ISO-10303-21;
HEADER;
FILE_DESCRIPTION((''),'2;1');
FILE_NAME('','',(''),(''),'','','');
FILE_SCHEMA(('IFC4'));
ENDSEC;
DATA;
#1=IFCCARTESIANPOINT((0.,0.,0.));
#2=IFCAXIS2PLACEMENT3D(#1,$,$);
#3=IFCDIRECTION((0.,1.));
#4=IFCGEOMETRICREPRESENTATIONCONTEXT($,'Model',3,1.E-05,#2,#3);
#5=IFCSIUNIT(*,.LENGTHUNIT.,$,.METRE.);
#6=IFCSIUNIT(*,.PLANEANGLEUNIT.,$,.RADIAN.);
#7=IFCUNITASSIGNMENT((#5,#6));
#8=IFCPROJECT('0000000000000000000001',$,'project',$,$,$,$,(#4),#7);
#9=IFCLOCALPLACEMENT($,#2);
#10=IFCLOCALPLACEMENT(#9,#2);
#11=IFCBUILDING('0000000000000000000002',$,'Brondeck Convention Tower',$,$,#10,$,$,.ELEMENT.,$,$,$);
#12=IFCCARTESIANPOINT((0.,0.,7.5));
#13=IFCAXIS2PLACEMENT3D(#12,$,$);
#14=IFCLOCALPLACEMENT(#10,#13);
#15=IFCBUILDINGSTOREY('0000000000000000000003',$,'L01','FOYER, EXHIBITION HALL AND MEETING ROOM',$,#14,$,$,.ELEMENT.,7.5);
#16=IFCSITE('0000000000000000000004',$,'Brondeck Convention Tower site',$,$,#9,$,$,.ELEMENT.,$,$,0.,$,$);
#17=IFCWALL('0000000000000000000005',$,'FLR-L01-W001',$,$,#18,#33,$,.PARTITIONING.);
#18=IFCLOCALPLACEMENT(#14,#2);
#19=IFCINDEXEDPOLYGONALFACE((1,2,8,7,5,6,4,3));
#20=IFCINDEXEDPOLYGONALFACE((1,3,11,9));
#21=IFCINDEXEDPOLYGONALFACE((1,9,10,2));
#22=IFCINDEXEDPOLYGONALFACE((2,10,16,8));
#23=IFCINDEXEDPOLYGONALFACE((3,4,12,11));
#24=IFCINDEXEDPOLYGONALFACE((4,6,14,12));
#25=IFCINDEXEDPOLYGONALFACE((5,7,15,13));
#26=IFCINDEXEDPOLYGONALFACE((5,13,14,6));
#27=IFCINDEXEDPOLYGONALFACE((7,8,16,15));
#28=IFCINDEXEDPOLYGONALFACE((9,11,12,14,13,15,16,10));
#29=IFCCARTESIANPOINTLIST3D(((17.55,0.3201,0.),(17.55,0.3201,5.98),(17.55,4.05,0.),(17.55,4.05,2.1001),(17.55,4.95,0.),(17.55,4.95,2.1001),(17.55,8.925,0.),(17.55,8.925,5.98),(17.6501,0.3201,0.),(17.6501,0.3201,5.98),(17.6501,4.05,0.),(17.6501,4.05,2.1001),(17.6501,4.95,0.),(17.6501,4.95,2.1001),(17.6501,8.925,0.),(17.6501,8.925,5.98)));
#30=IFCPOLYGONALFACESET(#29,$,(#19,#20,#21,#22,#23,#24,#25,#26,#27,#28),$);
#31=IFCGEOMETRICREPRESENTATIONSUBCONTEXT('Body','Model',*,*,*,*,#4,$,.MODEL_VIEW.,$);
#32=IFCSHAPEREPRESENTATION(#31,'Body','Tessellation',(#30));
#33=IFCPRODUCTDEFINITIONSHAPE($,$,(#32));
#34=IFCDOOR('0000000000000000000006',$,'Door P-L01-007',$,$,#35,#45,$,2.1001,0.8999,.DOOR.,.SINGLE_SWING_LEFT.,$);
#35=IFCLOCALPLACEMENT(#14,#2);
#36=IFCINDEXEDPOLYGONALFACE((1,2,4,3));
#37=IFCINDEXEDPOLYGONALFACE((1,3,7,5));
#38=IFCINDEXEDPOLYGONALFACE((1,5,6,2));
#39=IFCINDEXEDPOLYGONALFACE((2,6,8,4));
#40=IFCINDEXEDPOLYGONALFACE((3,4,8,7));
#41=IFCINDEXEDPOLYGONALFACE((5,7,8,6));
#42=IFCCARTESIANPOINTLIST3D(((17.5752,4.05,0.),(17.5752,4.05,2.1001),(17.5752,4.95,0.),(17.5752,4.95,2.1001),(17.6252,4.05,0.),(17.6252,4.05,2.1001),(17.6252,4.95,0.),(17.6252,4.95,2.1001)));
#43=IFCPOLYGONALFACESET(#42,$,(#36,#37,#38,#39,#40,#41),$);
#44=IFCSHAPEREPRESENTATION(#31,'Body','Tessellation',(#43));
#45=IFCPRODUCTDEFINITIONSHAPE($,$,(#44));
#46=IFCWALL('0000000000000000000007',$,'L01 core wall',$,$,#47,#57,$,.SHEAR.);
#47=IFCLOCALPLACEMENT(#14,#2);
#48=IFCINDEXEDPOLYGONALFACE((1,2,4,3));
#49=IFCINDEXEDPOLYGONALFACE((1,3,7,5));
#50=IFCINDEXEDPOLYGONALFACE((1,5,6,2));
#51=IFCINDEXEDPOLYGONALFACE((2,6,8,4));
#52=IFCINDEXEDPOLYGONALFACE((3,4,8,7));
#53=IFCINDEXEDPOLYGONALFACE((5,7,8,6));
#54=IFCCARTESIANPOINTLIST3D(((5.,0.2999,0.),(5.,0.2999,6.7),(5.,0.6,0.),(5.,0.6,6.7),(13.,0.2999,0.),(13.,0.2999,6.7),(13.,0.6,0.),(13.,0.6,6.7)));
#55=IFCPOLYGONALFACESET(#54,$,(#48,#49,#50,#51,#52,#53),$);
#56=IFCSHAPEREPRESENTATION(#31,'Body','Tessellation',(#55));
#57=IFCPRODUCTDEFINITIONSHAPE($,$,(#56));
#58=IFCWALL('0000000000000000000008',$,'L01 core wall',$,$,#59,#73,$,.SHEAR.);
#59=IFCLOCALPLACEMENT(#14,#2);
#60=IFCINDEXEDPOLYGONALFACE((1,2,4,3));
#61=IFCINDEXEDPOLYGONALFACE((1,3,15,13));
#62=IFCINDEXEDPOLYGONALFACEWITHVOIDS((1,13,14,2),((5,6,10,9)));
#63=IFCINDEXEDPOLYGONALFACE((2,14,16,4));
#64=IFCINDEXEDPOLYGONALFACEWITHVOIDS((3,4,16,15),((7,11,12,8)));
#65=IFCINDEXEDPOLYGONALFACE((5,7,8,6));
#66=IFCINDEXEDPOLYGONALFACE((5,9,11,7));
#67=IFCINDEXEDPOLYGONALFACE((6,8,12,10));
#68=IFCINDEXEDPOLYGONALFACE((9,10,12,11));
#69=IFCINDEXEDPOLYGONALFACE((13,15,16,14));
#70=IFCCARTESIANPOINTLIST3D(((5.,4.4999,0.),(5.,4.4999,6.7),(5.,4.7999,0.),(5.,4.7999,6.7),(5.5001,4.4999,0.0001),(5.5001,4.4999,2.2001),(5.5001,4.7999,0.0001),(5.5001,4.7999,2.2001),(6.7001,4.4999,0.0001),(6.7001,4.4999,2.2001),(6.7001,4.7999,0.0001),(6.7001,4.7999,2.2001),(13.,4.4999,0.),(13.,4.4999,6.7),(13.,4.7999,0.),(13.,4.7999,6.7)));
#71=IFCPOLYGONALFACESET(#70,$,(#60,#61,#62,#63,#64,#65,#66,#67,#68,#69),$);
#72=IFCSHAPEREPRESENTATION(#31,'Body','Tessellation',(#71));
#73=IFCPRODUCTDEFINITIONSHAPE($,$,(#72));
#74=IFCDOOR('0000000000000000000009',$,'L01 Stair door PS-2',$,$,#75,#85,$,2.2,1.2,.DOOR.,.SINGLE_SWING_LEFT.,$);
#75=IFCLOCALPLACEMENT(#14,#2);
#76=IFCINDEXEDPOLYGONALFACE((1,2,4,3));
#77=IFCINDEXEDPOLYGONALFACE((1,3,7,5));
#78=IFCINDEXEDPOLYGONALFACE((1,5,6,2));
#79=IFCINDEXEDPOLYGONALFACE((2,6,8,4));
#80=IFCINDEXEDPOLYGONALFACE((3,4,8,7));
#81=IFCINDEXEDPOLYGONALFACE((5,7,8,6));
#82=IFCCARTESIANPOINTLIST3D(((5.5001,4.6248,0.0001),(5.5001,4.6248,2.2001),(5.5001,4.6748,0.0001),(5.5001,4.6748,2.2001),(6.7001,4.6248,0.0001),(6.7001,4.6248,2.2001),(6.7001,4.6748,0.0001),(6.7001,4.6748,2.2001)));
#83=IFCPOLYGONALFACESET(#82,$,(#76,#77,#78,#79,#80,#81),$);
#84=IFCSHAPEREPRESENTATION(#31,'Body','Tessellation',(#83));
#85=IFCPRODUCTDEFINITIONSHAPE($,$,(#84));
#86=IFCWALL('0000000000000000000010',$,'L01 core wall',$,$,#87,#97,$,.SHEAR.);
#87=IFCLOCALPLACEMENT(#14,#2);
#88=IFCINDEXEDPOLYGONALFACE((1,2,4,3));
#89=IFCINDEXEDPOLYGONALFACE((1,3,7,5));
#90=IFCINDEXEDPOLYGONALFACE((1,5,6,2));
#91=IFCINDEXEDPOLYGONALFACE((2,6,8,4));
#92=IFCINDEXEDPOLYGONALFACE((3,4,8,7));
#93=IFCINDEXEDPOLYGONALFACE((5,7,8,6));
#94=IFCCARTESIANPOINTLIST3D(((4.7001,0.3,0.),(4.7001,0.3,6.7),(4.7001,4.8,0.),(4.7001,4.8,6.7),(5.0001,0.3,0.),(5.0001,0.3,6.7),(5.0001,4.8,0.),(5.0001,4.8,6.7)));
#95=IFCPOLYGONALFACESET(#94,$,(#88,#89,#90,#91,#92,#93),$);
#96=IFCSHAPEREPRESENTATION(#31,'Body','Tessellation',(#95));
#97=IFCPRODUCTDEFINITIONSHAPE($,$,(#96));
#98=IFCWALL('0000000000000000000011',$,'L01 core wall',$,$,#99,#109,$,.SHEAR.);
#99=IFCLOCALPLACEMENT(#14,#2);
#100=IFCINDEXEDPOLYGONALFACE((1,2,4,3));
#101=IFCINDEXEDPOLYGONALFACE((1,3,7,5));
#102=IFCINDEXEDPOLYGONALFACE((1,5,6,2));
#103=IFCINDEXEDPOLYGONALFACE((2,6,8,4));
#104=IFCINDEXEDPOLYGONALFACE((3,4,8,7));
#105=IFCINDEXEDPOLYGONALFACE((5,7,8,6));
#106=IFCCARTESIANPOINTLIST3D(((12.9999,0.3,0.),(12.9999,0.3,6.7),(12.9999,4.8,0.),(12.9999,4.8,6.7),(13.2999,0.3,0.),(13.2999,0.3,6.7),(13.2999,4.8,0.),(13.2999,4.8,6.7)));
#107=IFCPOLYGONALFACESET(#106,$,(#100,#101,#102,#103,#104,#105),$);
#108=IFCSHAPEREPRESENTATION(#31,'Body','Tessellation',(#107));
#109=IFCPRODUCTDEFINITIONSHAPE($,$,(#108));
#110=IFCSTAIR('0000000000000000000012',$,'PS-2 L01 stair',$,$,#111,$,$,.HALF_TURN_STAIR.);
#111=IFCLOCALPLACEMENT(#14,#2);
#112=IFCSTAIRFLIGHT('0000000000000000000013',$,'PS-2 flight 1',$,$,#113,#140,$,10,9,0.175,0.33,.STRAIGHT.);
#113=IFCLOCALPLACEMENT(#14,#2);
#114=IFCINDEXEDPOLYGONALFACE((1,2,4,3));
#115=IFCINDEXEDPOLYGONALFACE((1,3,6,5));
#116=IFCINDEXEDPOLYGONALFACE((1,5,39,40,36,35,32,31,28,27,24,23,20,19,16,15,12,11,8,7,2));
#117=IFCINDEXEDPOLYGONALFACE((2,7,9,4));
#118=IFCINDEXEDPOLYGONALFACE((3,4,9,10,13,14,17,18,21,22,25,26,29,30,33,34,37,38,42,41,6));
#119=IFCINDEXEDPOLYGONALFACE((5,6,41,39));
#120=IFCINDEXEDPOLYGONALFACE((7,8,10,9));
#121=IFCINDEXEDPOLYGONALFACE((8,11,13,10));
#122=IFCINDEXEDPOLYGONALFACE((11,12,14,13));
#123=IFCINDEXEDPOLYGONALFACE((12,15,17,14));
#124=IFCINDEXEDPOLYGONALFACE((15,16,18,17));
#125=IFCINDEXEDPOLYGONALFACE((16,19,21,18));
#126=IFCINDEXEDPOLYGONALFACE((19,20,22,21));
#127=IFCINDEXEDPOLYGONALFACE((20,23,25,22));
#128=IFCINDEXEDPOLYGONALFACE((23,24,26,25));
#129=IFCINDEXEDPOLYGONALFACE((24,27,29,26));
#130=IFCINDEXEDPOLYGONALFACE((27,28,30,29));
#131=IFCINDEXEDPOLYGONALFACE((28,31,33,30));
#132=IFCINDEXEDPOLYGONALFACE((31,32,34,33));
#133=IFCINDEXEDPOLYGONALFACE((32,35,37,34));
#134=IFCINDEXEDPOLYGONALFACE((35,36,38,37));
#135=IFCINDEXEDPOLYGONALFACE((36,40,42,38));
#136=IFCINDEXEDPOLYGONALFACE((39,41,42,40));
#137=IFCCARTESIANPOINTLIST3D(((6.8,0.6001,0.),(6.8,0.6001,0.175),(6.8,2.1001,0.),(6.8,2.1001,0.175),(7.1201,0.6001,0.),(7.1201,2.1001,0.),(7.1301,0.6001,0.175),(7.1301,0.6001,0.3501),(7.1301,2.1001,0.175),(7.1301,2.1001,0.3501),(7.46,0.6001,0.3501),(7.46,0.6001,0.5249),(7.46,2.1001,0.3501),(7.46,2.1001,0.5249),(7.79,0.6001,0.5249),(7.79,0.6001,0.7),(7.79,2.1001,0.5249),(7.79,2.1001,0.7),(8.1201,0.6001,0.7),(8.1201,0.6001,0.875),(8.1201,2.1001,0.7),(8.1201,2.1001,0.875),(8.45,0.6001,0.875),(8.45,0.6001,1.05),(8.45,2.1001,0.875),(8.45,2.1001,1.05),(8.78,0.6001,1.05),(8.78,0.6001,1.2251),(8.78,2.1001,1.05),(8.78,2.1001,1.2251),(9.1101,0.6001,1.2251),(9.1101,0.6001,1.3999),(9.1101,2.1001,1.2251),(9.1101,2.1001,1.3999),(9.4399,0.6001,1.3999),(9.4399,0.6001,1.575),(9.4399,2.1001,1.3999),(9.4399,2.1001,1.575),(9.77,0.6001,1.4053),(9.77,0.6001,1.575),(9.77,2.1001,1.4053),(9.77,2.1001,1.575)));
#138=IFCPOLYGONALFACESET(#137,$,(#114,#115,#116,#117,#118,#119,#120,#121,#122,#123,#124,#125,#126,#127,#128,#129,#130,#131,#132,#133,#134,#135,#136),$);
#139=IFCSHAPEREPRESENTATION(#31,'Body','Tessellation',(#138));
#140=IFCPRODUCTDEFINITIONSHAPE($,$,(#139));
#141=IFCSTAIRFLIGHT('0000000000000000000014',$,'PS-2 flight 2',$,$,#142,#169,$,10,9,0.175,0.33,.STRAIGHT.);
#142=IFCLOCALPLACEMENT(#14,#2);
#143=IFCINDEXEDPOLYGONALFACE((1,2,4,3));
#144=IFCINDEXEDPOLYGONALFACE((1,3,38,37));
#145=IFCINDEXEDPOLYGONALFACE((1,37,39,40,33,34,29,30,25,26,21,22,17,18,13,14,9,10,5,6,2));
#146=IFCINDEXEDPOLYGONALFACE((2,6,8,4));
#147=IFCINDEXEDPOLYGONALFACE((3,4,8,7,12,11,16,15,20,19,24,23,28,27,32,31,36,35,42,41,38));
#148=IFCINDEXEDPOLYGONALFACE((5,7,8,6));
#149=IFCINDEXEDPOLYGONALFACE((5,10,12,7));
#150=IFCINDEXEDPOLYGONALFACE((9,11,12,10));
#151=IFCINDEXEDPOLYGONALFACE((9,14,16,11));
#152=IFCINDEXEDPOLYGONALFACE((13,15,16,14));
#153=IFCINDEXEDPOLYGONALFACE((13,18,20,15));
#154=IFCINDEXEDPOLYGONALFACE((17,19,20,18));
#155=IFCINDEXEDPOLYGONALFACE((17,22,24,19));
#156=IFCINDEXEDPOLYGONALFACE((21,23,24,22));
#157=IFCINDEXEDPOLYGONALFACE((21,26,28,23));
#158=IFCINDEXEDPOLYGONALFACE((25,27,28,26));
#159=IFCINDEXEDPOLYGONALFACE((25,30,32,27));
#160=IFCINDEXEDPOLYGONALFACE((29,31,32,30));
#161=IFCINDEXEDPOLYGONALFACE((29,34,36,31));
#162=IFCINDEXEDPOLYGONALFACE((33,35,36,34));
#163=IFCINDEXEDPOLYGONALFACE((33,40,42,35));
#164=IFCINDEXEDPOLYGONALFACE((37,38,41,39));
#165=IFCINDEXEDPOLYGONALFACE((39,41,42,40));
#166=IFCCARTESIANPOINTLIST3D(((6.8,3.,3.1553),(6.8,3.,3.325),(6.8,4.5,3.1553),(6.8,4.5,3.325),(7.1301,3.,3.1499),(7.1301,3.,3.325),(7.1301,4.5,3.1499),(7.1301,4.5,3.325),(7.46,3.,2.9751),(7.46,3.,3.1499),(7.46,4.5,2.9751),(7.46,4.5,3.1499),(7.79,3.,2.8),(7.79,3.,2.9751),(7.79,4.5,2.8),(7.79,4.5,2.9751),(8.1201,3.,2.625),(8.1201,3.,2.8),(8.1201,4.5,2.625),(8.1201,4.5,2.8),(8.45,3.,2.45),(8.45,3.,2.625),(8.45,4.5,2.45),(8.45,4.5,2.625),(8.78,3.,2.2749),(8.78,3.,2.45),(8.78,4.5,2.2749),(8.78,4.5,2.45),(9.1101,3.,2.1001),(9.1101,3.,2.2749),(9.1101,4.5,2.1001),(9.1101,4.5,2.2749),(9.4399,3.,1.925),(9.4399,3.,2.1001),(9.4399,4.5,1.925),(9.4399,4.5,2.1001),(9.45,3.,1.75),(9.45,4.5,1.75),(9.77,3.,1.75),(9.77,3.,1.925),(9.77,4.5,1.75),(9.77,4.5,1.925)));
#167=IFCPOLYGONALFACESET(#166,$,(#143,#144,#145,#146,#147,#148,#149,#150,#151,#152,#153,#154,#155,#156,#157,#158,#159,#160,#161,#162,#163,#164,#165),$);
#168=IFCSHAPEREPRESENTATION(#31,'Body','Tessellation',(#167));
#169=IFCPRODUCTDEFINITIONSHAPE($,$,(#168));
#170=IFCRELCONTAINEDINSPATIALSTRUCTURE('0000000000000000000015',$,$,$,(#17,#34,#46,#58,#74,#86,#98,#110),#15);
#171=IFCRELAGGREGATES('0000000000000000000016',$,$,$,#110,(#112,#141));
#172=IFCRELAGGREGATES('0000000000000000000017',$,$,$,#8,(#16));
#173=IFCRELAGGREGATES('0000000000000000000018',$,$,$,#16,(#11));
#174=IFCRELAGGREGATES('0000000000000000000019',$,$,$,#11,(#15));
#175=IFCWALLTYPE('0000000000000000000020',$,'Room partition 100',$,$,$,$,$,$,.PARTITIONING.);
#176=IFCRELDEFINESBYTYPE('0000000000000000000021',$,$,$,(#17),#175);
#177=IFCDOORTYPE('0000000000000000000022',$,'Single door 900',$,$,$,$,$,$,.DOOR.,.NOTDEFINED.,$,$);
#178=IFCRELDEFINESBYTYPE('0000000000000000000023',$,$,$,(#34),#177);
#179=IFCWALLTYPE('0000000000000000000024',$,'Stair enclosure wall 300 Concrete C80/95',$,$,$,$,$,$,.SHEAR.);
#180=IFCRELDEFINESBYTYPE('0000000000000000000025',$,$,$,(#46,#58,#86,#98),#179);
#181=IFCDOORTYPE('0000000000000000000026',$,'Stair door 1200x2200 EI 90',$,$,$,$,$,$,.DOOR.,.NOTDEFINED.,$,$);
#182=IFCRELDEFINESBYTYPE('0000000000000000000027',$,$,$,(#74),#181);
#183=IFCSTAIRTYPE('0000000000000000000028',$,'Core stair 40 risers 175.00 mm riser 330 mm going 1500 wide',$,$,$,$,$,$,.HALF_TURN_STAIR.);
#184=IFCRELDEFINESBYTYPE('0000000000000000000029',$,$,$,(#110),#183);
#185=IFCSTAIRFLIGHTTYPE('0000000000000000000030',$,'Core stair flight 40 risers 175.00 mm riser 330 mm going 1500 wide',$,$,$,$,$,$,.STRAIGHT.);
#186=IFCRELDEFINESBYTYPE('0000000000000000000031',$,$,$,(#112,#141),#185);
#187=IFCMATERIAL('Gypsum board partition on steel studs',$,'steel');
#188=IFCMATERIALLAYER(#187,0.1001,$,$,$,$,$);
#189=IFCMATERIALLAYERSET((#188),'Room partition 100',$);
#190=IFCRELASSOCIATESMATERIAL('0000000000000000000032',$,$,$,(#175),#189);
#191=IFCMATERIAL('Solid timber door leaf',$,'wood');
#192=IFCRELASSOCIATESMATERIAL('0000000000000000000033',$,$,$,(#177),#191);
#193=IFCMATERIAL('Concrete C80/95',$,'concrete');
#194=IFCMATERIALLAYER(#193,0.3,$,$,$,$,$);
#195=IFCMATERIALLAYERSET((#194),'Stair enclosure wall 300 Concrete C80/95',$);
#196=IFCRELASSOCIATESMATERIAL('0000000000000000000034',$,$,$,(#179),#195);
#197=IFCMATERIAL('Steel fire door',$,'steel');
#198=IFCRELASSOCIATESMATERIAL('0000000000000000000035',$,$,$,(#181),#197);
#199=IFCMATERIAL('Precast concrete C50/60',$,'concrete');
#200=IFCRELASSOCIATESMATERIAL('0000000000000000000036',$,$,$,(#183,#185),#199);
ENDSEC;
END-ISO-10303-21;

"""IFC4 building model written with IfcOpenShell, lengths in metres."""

from ifc_helpers import new_model, si_unit, direction, frame, frame_2d, origin, place, context, subcontext, project, spatial, polyline, rectangle, outline, extrude, material, layer, layer_set, type_object, element, fill, aggregate, save


model = new_model("IFC4")

# Units and contexts
model_context = context("Model", 3, precision=1e-05, world=origin(), true_north=direction((0.0, 1.0)))
body_context = subcontext(model_context, "Body", "Model", "MODEL_VIEW")
ifc_project = project(units=[si_unit("LENGTHUNIT", "METRE"), si_unit("PLANEANGLEUNIT", "RADIAN")], contexts=[model_context])

# Site, building, storey
site_placement = place(None, origin())
site = spatial("IfcSite", under=ifc_project, at=site_placement, Name="Brondeck Convention Tower site", CompositionType="ELEMENT", RefElevation=0.0)
building_placement = place(site_placement, origin())
building = spatial("IfcBuilding", under=site, at=building_placement, Name="Brondeck Convention Tower", CompositionType="ELEMENT")
storey_placement = place(building_placement, frame((0.0, 0.0, 7.5)))
storey = spatial("IfcBuildingStorey", under=building, at=storey_placement, Name="L01", Description="FOYER, EXHIBITION HALL AND MEETING ROOM", CompositionType="ELEMENT", Elevation=7.5)

# Shared definitions
ifc_material_1 = material(Name="Concrete C80/95", Category="concrete")

# Wall, opening, door
ifc_material_2 = material(Name="Gypsum board partition on steel studs", Category="steel")
ifc_layer_1 = layer(ifc_material_2, 0.1001)
ifc_layer_set_1 = layer_set([ifc_layer_1], Name="Room partition 100")
wall_type_1 = type_object("IfcWallType", Name="Room partition 100", PredefinedType="PARTITIONING", material=ifc_layer_set_1)
wall_1_placement = place(storey_placement, frame((17.6001, 0.3201, 0.0), z_axis=(0.0, 0.0, 1.0), x_axis=(0.0, 1.0, 0.0)))
wall_1 = element("IfcWall", 1, at=wall_1_placement, inside=storey, type_object=wall_type_1, Name="FLR-L01-W001", PredefinedType="PARTITIONING", context=body_context, shape_type="SweptSolid", body=[
    extrude(rectangle(XDim=8.605, YDim=0.1001, at=frame_2d((4.3025, 0.0))), origin(), (0.0, 0.0, 1.0), 5.98),
])
opening_1_placement = place(wall_1_placement, frame((3.73, 0.0, 0.0)))
opening_1 = element("IfcOpeningElement", 2, at=opening_1_placement, cuts=wall_1, PredefinedType="OPENING", context=body_context, shape_type="SweptSolid", body=[
    extrude(rectangle(XDim=0.8999, YDim=2.1001, at=frame_2d((0.45, 1.05))), frame((0.0, 0.0601, 0.0), z_axis=(0.0, -1.0, 0.0), x_axis=(1.0, 0.0, 0.0)), (0.0, 0.0, 1.0), 0.1201),
])
ifc_material_3 = material(Name="Solid timber door leaf", Category="wood")
door_type_1 = type_object("IfcDoorType", Name="Single door 900", OperationType="NOTDEFINED", PredefinedType="DOOR", material=ifc_material_3)
door_1_placement = place(opening_1_placement, origin())
door_1 = element("IfcDoor", 3, at=door_1_placement, inside=storey, type_object=door_type_1, Name="Door P-L01-007", OperationType="SINGLE_SWING_LEFT", OverallHeight=2.1001, OverallWidth=0.8999, PredefinedType="DOOR", context=body_context, shape_type="SweptSolid", body=[
    extrude(rectangle(XDim=0.8999, YDim=2.1001, at=frame_2d((0.45, 1.05))), frame((0.0, 0.0249, 0.0), z_axis=(0.0, -1.0, 0.0), x_axis=(1.0, 0.0, 0.0)), (0.0, 0.0, 1.0), 0.05),
])
fill(opening_1, door_1)

# Wall
ifc_layer_2 = layer(ifc_material_1, 0.3)
ifc_layer_set_2 = layer_set([ifc_layer_2], Name="Stair enclosure wall 300 Concrete C80/95")
wall_type_2 = type_object("IfcWallType", Name="Stair enclosure wall 300 Concrete C80/95", PredefinedType="SHEAR", material=ifc_layer_set_2)
wall_2_placement = place(storey_placement, frame((5.0, 0.45, 0.0), z_axis=(0.0, 0.0, 1.0), x_axis=(1.0, 0.0, 0.0)))
element("IfcWall", 4, at=wall_2_placement, inside=storey, type_object=wall_type_2, Name="L01 core wall", PredefinedType="SHEAR", context=body_context, shape_type="SweptSolid", body=[
    extrude(rectangle(XDim=8.0, YDim=0.3, at=frame_2d((4.0, 0.0))), origin(), (0.0, 0.0, 1.0), 6.7),
])

# Wall, opening, door
wall_3_placement = place(storey_placement, frame((5.0, 4.6499, 0.0), z_axis=(0.0, 0.0, 1.0), x_axis=(1.0, 0.0, 0.0)))
wall_3 = element("IfcWall", 5, at=wall_3_placement, inside=storey, type_object=wall_type_2, Name="L01 core wall", PredefinedType="SHEAR", context=body_context, shape_type="SweptSolid", body=[
    extrude(rectangle(XDim=8.0, YDim=0.3, at=frame_2d((4.0, 0.0))), origin(), (0.0, 0.0, 1.0), 6.7),
])
opening_2_placement = place(wall_3_placement, frame((0.5, 0.0, 0.0)))
opening_2 = element("IfcOpeningElement", 6, at=opening_2_placement, cuts=wall_3, PredefinedType="OPENING", context=body_context, shape_type="SweptSolid", body=[
    extrude(rectangle(XDim=1.2, YDim=2.2, at=frame_2d((0.6001, 1.1001))), frame((0.0, 0.1599, 0.0), z_axis=(0.0, -1.0, 0.0), x_axis=(1.0, 0.0, 0.0)), (0.0, 0.0, 1.0), 0.3201),
])
ifc_material_4 = material(Name="Steel fire door", Category="steel")
door_type_2 = type_object("IfcDoorType", Name="Stair door 1200x2200 EI 90", OperationType="NOTDEFINED", PredefinedType="DOOR", material=ifc_material_4)
door_2_placement = place(opening_2_placement, origin())
door_2 = element("IfcDoor", 7, at=door_2_placement, inside=storey, type_object=door_type_2, Name="L01 Stair door PS-2", OperationType="SINGLE_SWING_LEFT", OverallHeight=2.2, OverallWidth=1.2, PredefinedType="DOOR", context=body_context, shape_type="SweptSolid", body=[
    extrude(rectangle(XDim=1.2, YDim=2.2, at=frame_2d((0.6001, 1.1001))), frame((0.0, 0.0249, 0.0), z_axis=(0.0, -1.0, 0.0), x_axis=(1.0, 0.0, 0.0)), (0.0, 0.0, 1.0), 0.05),
])
fill(opening_2, door_2)

# Walls
for number, where, z_axis, x_axis, name in (
    (8, (4.8501, 0.3, 0.0), (0.0, 0.0, 1.0), (0.0, 1.0, 0.0), "L01 core wall"),
    (9, (13.1499, 0.3, 0.0), (0.0, 0.0, 1.0), (0.0, 1.0, 0.0), "L01 core wall"),
):
    element("IfcWall", number, at=place(storey_placement, frame(where, z_axis=z_axis, x_axis=x_axis)), inside=storey, type_object=wall_type_2, Name=name, PredefinedType="SHEAR", context=body_context, shape_type="SweptSolid", body=[
        extrude(rectangle(XDim=4.5, YDim=0.3, at=frame_2d((2.25, 0.0))), origin(), (0.0, 0.0, 1.0), 6.7),
    ])

# Stair, stair flights
ifc_material_5 = material(Name="Precast concrete C50/60", Category="concrete")
stair_type = type_object("IfcStairType", Name="Core stair 40 risers 175.00 mm riser 330 mm going 1500 wide", PredefinedType="HALF_TURN_STAIR", material=ifc_material_5)
stair_placement = place(storey_placement, origin())
stair = element("IfcStair", 10, at=stair_placement, inside=storey, type_object=stair_type, Name="PS-2 L01 stair", PredefinedType="HALF_TURN_STAIR")
stair_flight_type = type_object("IfcStairFlightType", Name="Core stair flight 40 risers 175.00 mm riser 330 mm going 1500 wide", PredefinedType="STRAIGHT", material=ifc_material_5)
stair_flight_1_placement = place(storey_placement, frame((6.8, 1.3501, 0.0), z_axis=(0.0, 0.0, 1.0), x_axis=(1.0, 0.0, 0.0)))
stair_flight_1 = element("IfcStairFlight", 11, at=stair_flight_1_placement, type_object=stair_flight_type, Name="PS-2 flight 1", NumberOfRisers=10, NumberOfTreads=9, PredefinedType="STRAIGHT", RiserHeight=0.175, TreadLength=0.33, context=body_context, shape_type="SweptSolid", body=[
    extrude(outline(polyline([(0.0, 0.0), (0.0, 0.175), (0.3301, 0.175), (0.3301, 0.3501), (0.6599, 0.3501), (0.6599, 0.5249), (0.99, 0.5249), (0.99, 0.7), (1.3201, 0.7), (1.3201, 0.875), (1.6499, 0.875), (1.6499, 1.05), (1.98, 1.05), (1.98, 1.2251), (2.3101, 1.2251), (2.3101, 1.3999), (2.6399, 1.3999), (2.6399, 1.575), (2.97, 1.575), (2.97, 1.75), (2.97, 1.4053), (0.3201, 0.0), (0.0, 0.0)])), frame((0.0, 0.75, 0.0), z_axis=(0.0, -1.0, 0.0), x_axis=(1.0, 0.0, 0.0)), (0.0, 0.0, 1.0), 1.5),
])
stair_flight_2_placement = place(storey_placement, frame((9.77, 3.75, 1.75), z_axis=(0.0, 0.0, 1.0), x_axis=(-1.0, 0.0, 0.0)))
stair_flight_2 = element("IfcStairFlight", 12, at=stair_flight_2_placement, type_object=stair_flight_type, Name="PS-2 flight 2", NumberOfRisers=10, NumberOfTreads=9, PredefinedType="STRAIGHT", RiserHeight=0.175, TreadLength=0.33, context=body_context, shape_type="SweptSolid", body=[
    extrude(outline(polyline([(0.0, 0.0), (0.0, 0.175), (0.3301, 0.175), (0.3301, 0.3501), (0.6599, 0.3501), (0.6599, 0.5249), (0.99, 0.5249), (0.99, 0.7), (1.3201, 0.7), (1.3201, 0.875), (1.6499, 0.875), (1.6499, 1.05), (1.98, 1.05), (1.98, 1.2251), (2.3101, 1.2251), (2.3101, 1.3999), (2.6399, 1.3999), (2.6399, 1.575), (2.97, 1.575), (2.97, 1.75), (2.97, 1.4053), (0.3201, 0.0), (0.0, 0.0)])), frame((0.0, 0.75, 0.0), z_axis=(0.0, -1.0, 0.0), x_axis=(1.0, 0.0, 0.0)), (0.0, 0.0, 1.0), 1.5),
])
aggregate(stair, [stair_flight_1, stair_flight_2])

save(model, "model.ifc")
